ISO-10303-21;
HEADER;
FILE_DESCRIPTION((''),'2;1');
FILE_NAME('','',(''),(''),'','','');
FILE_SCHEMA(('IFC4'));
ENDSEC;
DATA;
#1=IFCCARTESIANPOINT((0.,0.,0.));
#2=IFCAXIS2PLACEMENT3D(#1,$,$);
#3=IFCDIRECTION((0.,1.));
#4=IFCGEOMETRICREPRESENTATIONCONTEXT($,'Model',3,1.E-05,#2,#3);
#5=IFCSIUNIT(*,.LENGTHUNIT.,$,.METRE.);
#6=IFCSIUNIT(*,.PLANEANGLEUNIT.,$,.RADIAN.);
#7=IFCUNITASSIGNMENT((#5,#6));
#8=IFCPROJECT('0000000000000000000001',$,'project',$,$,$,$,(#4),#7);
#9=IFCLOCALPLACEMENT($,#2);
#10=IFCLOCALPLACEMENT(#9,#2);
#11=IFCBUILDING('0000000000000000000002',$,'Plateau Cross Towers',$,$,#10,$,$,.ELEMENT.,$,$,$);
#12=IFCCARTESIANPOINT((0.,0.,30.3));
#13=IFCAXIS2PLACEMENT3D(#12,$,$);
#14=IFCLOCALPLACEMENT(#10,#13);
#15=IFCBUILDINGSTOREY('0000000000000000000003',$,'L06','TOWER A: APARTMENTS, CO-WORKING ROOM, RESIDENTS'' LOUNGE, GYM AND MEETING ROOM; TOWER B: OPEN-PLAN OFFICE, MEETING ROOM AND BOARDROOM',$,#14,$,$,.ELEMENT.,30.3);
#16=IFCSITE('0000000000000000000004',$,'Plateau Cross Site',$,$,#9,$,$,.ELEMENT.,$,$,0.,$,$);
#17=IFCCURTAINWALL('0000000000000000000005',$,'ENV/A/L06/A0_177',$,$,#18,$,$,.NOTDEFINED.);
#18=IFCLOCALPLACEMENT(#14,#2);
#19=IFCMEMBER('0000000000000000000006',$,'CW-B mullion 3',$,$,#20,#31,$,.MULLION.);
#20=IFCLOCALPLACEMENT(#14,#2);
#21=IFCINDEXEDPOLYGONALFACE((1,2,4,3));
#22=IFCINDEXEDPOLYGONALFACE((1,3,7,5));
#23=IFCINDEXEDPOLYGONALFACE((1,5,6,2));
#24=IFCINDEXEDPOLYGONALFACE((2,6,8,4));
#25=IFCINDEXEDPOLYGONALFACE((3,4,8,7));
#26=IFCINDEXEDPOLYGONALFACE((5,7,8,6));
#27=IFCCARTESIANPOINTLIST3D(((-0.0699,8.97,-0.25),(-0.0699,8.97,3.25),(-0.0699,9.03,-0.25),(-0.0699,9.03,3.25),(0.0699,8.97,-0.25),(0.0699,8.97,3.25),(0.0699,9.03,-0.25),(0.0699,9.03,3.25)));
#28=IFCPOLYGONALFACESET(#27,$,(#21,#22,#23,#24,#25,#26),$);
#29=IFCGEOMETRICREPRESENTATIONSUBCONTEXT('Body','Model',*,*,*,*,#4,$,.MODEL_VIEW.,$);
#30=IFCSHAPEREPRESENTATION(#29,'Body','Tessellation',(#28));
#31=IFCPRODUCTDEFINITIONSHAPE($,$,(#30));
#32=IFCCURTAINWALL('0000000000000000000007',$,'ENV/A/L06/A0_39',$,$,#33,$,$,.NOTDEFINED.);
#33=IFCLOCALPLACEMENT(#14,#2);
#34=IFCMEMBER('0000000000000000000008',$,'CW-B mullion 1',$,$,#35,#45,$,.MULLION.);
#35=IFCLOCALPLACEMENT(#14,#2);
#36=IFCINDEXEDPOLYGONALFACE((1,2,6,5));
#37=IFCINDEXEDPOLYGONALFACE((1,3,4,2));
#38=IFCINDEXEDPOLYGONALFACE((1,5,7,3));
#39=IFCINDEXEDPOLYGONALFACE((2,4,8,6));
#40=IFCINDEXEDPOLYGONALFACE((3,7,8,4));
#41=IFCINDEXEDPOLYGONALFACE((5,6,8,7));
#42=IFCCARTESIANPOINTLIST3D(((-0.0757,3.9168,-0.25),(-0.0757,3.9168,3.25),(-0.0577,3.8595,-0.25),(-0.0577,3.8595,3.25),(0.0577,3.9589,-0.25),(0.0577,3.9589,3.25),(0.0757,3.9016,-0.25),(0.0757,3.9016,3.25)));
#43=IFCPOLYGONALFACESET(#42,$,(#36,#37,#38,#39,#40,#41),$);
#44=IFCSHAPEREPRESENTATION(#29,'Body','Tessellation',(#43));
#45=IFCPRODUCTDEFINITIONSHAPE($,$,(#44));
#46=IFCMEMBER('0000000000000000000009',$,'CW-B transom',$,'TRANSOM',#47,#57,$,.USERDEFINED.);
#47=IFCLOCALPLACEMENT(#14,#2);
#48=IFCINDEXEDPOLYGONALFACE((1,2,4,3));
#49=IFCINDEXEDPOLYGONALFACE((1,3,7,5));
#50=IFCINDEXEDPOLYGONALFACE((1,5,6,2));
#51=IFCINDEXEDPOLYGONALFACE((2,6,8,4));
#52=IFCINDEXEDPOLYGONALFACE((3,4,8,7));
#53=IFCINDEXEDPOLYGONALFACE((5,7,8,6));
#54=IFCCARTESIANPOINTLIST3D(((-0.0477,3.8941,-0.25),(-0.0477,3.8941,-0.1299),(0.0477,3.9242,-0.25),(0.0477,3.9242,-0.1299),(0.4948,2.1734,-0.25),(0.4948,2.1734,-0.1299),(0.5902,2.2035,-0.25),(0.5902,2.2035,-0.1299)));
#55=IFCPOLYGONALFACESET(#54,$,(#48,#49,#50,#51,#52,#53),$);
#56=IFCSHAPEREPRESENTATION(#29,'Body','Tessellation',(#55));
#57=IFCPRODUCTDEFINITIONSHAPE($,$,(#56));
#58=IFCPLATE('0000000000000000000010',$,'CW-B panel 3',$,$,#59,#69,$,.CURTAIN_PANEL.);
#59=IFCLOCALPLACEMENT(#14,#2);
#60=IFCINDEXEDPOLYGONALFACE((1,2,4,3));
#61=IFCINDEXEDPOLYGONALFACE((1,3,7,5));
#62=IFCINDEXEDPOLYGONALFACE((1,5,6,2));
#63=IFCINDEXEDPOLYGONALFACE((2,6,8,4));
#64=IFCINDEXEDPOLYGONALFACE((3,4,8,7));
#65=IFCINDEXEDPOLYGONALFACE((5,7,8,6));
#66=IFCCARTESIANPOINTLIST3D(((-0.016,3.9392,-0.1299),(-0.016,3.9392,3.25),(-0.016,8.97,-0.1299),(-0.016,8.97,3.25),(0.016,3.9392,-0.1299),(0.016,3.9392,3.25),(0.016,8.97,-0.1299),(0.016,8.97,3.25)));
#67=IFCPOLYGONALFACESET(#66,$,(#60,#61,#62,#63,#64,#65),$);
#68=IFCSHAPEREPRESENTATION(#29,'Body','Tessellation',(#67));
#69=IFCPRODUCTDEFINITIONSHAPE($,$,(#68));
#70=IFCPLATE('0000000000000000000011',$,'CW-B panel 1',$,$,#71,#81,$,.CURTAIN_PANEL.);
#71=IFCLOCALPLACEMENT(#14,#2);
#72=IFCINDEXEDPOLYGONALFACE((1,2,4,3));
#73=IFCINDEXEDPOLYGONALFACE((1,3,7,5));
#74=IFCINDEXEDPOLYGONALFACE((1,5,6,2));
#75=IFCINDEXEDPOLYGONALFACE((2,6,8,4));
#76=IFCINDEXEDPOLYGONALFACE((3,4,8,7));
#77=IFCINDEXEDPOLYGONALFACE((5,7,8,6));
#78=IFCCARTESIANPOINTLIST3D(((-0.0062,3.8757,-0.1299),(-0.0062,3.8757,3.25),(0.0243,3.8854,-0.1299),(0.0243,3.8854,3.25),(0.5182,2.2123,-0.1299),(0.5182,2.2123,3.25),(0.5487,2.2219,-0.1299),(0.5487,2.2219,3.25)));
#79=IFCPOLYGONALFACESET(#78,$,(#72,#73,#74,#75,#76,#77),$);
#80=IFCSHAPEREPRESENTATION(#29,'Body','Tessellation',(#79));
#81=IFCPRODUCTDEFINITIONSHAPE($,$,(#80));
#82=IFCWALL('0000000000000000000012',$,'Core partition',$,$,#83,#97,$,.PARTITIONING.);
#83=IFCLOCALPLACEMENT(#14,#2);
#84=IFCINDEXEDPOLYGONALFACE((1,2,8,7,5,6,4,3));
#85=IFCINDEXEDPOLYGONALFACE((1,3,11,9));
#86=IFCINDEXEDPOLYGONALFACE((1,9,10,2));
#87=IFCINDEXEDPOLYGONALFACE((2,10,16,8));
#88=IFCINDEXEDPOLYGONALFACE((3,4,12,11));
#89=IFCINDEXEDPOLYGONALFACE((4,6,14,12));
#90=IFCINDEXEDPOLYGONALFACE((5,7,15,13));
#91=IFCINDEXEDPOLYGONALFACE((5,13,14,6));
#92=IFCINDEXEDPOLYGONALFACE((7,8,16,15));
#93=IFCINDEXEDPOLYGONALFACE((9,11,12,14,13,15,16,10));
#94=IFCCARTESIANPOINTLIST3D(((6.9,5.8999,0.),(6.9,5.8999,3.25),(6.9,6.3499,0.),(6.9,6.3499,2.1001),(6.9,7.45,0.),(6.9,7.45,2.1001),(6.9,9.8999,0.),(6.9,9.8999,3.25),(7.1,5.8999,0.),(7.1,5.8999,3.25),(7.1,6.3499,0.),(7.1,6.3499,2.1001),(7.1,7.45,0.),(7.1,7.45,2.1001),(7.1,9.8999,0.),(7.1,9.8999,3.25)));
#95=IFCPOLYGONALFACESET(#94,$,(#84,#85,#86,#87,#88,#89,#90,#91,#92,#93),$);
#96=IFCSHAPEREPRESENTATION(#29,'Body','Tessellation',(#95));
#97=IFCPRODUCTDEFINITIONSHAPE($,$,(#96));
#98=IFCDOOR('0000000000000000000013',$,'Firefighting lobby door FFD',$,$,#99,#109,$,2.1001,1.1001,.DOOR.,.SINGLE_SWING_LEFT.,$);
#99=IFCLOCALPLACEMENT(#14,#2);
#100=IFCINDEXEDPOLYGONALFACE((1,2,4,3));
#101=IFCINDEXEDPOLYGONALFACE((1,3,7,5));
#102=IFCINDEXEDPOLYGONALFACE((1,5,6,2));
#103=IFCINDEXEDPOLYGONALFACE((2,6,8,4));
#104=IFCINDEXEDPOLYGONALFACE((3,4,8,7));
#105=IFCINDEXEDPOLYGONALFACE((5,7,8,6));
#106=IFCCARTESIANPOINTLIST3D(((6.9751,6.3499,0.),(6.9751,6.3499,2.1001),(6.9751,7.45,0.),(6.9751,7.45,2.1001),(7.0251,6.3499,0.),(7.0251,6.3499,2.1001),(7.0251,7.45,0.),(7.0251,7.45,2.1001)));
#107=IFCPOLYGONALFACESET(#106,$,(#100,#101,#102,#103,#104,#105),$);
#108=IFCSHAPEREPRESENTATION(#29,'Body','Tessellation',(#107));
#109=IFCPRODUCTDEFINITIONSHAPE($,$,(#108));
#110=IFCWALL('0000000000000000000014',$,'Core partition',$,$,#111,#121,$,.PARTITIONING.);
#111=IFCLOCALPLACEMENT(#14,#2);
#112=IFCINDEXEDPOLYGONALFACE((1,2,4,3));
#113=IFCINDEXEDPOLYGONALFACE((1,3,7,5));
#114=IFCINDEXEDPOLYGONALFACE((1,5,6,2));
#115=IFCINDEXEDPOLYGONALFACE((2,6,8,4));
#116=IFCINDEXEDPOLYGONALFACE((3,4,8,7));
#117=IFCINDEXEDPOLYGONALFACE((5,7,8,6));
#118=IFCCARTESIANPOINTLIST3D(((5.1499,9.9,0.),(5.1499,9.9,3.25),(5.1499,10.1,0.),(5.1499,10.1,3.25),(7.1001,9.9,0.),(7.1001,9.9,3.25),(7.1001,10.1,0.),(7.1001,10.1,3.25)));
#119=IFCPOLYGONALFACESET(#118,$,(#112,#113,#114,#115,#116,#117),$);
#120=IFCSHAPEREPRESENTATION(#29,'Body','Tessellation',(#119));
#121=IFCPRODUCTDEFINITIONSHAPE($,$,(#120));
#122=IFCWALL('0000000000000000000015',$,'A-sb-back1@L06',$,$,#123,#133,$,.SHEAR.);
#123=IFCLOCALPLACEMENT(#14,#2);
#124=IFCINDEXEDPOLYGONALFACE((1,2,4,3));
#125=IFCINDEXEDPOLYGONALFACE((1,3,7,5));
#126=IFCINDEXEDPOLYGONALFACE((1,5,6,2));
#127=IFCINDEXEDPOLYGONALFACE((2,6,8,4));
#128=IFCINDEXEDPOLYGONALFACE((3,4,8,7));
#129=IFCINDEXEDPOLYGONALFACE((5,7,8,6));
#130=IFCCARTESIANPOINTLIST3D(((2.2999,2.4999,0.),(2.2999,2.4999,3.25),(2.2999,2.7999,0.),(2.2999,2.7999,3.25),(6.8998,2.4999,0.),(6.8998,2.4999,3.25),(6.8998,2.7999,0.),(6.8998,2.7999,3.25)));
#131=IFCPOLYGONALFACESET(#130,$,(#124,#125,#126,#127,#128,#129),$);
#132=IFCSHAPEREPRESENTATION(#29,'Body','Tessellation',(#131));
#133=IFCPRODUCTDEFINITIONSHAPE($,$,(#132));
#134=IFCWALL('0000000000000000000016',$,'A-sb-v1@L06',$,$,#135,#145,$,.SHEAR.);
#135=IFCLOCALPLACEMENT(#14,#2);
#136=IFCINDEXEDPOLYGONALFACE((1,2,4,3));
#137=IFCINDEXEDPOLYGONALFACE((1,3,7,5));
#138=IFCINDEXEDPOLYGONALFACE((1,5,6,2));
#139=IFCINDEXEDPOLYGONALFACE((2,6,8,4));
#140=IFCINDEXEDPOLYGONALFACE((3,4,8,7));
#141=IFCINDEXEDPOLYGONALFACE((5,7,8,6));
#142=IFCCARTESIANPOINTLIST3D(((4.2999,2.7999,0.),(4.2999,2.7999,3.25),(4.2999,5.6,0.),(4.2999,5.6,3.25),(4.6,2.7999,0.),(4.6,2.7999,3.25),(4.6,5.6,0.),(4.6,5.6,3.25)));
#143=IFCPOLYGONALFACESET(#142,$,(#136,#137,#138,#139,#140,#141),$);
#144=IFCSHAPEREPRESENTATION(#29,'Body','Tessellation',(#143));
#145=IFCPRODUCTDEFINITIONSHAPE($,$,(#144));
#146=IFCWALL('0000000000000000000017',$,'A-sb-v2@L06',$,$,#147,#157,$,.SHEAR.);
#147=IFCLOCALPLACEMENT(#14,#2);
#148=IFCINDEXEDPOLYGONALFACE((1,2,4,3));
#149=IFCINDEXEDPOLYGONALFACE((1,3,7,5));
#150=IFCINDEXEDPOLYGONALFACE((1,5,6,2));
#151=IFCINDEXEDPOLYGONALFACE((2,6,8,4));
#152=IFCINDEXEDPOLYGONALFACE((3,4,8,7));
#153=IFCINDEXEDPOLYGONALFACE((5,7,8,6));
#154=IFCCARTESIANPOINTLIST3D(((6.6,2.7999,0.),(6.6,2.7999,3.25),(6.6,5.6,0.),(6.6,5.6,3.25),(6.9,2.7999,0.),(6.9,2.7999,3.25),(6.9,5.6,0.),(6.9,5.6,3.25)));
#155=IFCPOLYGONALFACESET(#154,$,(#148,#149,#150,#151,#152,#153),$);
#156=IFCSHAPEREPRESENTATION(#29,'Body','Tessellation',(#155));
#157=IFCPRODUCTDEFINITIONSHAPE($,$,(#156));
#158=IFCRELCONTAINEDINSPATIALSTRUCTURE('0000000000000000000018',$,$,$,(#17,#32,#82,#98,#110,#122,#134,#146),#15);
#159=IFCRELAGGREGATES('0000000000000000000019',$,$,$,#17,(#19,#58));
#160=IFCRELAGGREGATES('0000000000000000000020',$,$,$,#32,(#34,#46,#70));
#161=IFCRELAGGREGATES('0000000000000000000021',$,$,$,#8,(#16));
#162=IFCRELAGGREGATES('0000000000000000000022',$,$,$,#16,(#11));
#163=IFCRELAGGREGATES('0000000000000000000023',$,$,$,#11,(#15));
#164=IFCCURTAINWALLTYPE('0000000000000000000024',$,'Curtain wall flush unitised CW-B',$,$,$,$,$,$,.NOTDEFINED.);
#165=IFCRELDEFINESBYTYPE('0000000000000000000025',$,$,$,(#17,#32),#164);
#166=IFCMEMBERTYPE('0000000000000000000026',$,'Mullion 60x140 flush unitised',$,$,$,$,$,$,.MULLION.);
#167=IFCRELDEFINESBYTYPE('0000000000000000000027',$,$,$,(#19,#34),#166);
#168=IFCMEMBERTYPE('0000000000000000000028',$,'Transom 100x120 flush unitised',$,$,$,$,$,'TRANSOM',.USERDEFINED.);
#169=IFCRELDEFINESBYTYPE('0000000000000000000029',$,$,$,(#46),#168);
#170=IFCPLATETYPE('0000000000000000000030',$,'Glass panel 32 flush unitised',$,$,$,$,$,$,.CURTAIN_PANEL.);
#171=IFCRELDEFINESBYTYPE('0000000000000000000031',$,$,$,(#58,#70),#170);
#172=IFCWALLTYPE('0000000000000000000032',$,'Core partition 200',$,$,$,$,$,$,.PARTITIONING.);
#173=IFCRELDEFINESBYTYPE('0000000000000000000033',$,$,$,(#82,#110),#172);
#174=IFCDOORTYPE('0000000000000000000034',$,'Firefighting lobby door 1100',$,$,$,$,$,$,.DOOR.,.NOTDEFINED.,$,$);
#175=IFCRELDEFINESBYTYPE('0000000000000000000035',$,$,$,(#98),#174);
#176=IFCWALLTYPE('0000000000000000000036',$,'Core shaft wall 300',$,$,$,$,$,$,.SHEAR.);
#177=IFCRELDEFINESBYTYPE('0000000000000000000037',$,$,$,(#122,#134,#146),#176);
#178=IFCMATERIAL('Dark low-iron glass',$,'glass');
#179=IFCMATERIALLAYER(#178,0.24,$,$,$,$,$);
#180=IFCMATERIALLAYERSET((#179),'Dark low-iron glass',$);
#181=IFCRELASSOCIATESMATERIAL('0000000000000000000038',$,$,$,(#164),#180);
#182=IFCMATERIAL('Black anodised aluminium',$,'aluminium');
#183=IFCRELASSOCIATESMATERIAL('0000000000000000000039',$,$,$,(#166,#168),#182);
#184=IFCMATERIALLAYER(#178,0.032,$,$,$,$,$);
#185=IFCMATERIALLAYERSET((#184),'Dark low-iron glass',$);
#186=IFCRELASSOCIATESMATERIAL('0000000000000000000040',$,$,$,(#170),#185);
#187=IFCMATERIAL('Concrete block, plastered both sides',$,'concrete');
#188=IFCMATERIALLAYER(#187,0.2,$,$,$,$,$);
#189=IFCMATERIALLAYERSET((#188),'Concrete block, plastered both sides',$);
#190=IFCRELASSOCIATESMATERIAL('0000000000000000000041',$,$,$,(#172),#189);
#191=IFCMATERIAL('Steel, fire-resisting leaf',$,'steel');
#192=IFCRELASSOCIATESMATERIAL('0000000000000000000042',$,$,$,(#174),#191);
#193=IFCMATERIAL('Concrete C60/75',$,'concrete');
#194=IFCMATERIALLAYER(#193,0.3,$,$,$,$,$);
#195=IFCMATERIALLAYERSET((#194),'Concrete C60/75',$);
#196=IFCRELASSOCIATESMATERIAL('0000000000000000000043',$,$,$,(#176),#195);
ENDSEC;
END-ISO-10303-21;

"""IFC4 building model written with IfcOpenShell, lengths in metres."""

from ifc_helpers import new_model, si_unit, direction, frame, frame_2d, origin, origin_2d, place, context, subcontext, project, spatial, rectangle, extrude, material, layer, layer_set, material_profile, profile_set, type_object, element, fill, aggregate, save


model = new_model("IFC4")

# Units and contexts
model_context = context("Model", 3, precision=1e-05, world=origin(), true_north=direction((0.0, 1.0)))
body_context = subcontext(model_context, "Body", "Model", "MODEL_VIEW")
ifc_project = project(units=[si_unit("LENGTHUNIT", "METRE"), si_unit("PLANEANGLEUNIT", "RADIAN")], contexts=[model_context])

# Site, building, storey
site_placement = place(None, origin())
site = spatial("IfcSite", under=ifc_project, at=site_placement, Name="Plateau Cross Site", CompositionType="ELEMENT", RefElevation=0.0)
building_placement = place(site_placement, origin())
building = spatial("IfcBuilding", under=site, at=building_placement, Name="Plateau Cross Towers", CompositionType="ELEMENT")
storey_placement = place(building_placement, frame((0.0, 0.0, 30.3)))
storey = spatial("IfcBuildingStorey", under=building, at=storey_placement, Name="L06", Description="TOWER A: APARTMENTS, CO-WORKING ROOM, RESIDENTS' LOUNGE, GYM AND MEETING ROOM; TOWER B: OPEN-PLAN OFFICE, MEETING ROOM AND BOARDROOM", CompositionType="ELEMENT", Elevation=30.3)

# Curtain wall, member
ifc_material_1 = material(Name="Dark low-iron glass", Category="glass")
ifc_layer_1 = layer(ifc_material_1, 0.24)
ifc_layer_set_1 = layer_set([ifc_layer_1], Name="Dark low-iron glass")
curtain_wall_type = type_object("IfcCurtainWallType", Name="Curtain wall flush unitised CW-B", PredefinedType="NOTDEFINED", material=ifc_layer_set_1)
curtain_wall_1_placement = place(storey_placement, origin())
curtain_wall_1 = element("IfcCurtainWall", 1, at=curtain_wall_1_placement, inside=storey, type_object=curtain_wall_type, Name="ENV/A/L06/A0_177", PredefinedType="NOTDEFINED")
ifc_material_2 = material(Name="Black anodised aluminium", Category="aluminium")
ifc_material_profile_1 = material_profile(ifc_material_2, rectangle(XDim=0.0601, YDim=0.1399, at=origin_2d()), Name="MULLION 60x140")
ifc_profile_set_1 = profile_set([ifc_material_profile_1], Name="Black anodised aluminium")
member_type_1 = type_object("IfcMemberType", Name="Mullion 60x140 flush unitised", PredefinedType="MULLION", material=ifc_profile_set_1)
member_1_placement = place(storey_placement, frame((0.0, 9.0, -0.25), z_axis=(0.0, 0.0, 1.0), x_axis=(0.0, -1.0, 0.0)))
member_1 = element("IfcMember", 2, at=member_1_placement, type_object=member_type_1, Name="CW-B mullion 3", PredefinedType="MULLION", context=body_context, shape_type="SweptSolid", body=[
    extrude(rectangle(XDim=0.0601, YDim=0.1399, at=origin_2d()), origin(), (0.0, 0.0, 1.0), 3.5),
])

# Curtain wall, members
curtain_wall_2_placement = place(storey_placement, origin())
curtain_wall_2 = element("IfcCurtainWall", 3, at=curtain_wall_2_placement, inside=storey, type_object=curtain_wall_type, Name="ENV/A/L06/A0_39", PredefinedType="NOTDEFINED")
member_2_placement = place(storey_placement, frame((0.0, 3.9092, -0.25), z_axis=(0.0, 0.0, 1.0), x_axis=(0.300686, -0.953723, 0.0)))
member_2 = element("IfcMember", 4, at=member_2_placement, type_object=member_type_1, Name="CW-B mullion 1", PredefinedType="MULLION", context=body_context, shape_type="SweptSolid", body=[
    extrude(rectangle(XDim=0.0601, YDim=0.1399, at=origin_2d()), origin(), (0.0, 0.0, 1.0), 3.5),
])
ifc_material_profile_2 = material_profile(ifc_material_2, rectangle(XDim=0.1001, YDim=0.1201, at=origin_2d()), Name="TRANSOM 100x120")
ifc_profile_set_2 = profile_set([ifc_material_profile_2], Name="Black anodised aluminium")
member_type_2 = type_object("IfcMemberType", Name="Transom 100x120 flush unitised", ElementType="TRANSOM", PredefinedType="USERDEFINED", material=ifc_profile_set_2)
member_3_placement = place(storey_placement, frame((0.0, 3.9092, -0.1899), z_axis=(0.300678, -0.953726, 0.0), x_axis=(0.953726, 0.300678, 0.0)))
member_3 = element("IfcMember", 5, at=member_3_placement, type_object=member_type_2, Name="CW-B transom", ObjectType="TRANSOM", PredefinedType="USERDEFINED", context=body_context, shape_type="SweptSolid", body=[
    extrude(rectangle(XDim=0.1001, YDim=0.1201, at=origin_2d()), origin(), (0.0, 0.0, 1.0), 1.8042),
])

# Plates
ifc_layer_2 = layer(ifc_material_1, 0.032)
ifc_layer_set_2 = layer_set([ifc_layer_2], Name="Dark low-iron glass")
plate_type = type_object("IfcPlateType", Name="Glass panel 32 flush unitised", PredefinedType="CURTAIN_PANEL", material=ifc_layer_set_2)
plate_1_placement = place(storey_placement, frame((0.0, 6.4546, -0.1299), z_axis=(0.0, 0.0, 1.0), x_axis=(0.0, -1.0, 0.0)))
plate_1 = element("IfcPlate", 6, at=plate_1_placement, type_object=plate_type, Name="CW-B panel 3", PredefinedType="CURTAIN_PANEL", context=body_context, shape_type="SweptSolid", body=[
    extrude(rectangle(XDim=5.0308, YDim=0.032, at=origin_2d()), origin(), (0.0, 0.0, 1.0), 3.3799),
])
aggregate(curtain_wall_1, [member_1, plate_1])
plate_2_placement = place(storey_placement, frame((0.2712, 3.0488, -0.1299), z_axis=(0.0, 0.0, 1.0), x_axis=(0.300686, -0.953723, 0.0)))
plate_2 = element("IfcPlate", 7, at=plate_2_placement, type_object=plate_type, Name="CW-B panel 1", PredefinedType="CURTAIN_PANEL", context=body_context, shape_type="SweptSolid", body=[
    extrude(rectangle(XDim=1.7441, YDim=0.032, at=origin_2d()), origin(), (0.0, 0.0, 1.0), 3.3799),
])
aggregate(curtain_wall_2, [member_2, member_3, plate_2])

# Wall, opening, door
ifc_material_3 = material(Name="Concrete block, plastered both sides", Category="concrete")
ifc_layer_3 = layer(ifc_material_3, 0.2)
ifc_layer_set_3 = layer_set([ifc_layer_3], Name="Concrete block, plastered both sides")
wall_type_1 = type_object("IfcWallType", Name="Core partition 200", PredefinedType="PARTITIONING", material=ifc_layer_set_3)
wall_1_placement = place(storey_placement, frame((7.0, 5.8999, 0.0), z_axis=(0.0, 0.0, 1.0), x_axis=(0.0, 1.0, 0.0)))
wall_1 = element("IfcWall", 8, at=wall_1_placement, inside=storey, type_object=wall_type_1, Name="Core partition", PredefinedType="PARTITIONING", context=body_context, shape_type="SweptSolid", body=[
    extrude(rectangle(XDim=4.0, YDim=0.2, at=frame_2d((2.0, 0.0))), origin(), (0.0, 0.0, 1.0), 3.25),
])
opening_1_placement = place(wall_1_placement, frame((0.45, 0.0, 0.0)))
opening_1 = element("IfcOpeningElement", 9, at=opening_1_placement, cuts=wall_1, PredefinedType="OPENING", context=body_context, shape_type="SweptSolid", body=[
    extrude(rectangle(XDim=1.1001, YDim=2.1001, at=frame_2d((0.55, 1.05))), frame((0.0, 0.1099, 0.0), z_axis=(0.0, -1.0, 0.0), x_axis=(1.0, 0.0, 0.0)), (0.0, 0.0, 1.0), 0.22),
])
ifc_material_4 = material(Name="Steel, fire-resisting leaf", Category="steel")
door_type_1 = type_object("IfcDoorType", Name="Firefighting lobby door 1100", OperationType="NOTDEFINED", PredefinedType="DOOR", material=ifc_material_4)
door_1_placement = place(opening_1_placement, origin())
door_1 = element("IfcDoor", 10, at=door_1_placement, inside=storey, type_object=door_type_1, Name="Firefighting lobby door FFD", OperationType="SINGLE_SWING_LEFT", OverallHeight=2.1001, OverallWidth=1.1001, PredefinedType="DOOR", context=body_context, shape_type="SweptSolid", body=[
    extrude(rectangle(XDim=1.1001, YDim=2.1001, at=frame_2d((0.55, 1.05))), frame((0.0, 0.0249, 0.0), z_axis=(0.0, -1.0, 0.0), x_axis=(1.0, 0.0, 0.0)), (0.0, 0.0, 1.0), 0.05),
])
fill(opening_1, door_1)

# Walls
wall_2_placement = place(storey_placement, frame((5.1499, 10.0, 0.0), z_axis=(0.0, 0.0, 1.0), x_axis=(1.0, 0.0, 0.0)))
element("IfcWall", 11, at=wall_2_placement, inside=storey, type_object=wall_type_1, Name="Core partition", PredefinedType="PARTITIONING", context=body_context, shape_type="SweptSolid", body=[
    extrude(rectangle(XDim=1.9502, YDim=0.2, at=frame_2d((0.9751, 0.0))), origin(), (0.0, 0.0, 1.0), 3.25),
])
ifc_material_5 = material(Name="Concrete C60/75", Category="concrete")
ifc_layer_4 = layer(ifc_material_5, 0.3)
ifc_layer_set_4 = layer_set([ifc_layer_4], Name="Concrete C60/75")
wall_type_2 = type_object("IfcWallType", Name="Core shaft wall 300", PredefinedType="SHEAR", material=ifc_layer_set_4)
wall_3_placement = place(storey_placement, frame((2.3, 2.6499, 0.0), z_axis=(0.0, 0.0, 1.0), x_axis=(1.0, 0.0, 0.0)))
element("IfcWall", 12, at=wall_3_placement, inside=storey, type_object=wall_type_2, Name="A-sb-back1@L06", PredefinedType="SHEAR", context=body_context, shape_type="SweptSolid", body=[
    extrude(rectangle(XDim=4.5999, YDim=0.3, at=frame_2d((2.2998, 0.0))), origin(), (0.0, 0.0, 1.0), 3.25),
])
for number, where, z_axis, x_axis, name in (
    (13, (4.45, 2.8, 0.0), (0.0, 0.0, 1.0), (0.0, 1.0, 0.0), "A-sb-v1@L06"),
    (14, (6.75, 2.8, 0.0), (0.0, 0.0, 1.0), (0.0, 1.0, 0.0), "A-sb-v2@L06"),
):
    element("IfcWall", number, at=place(storey_placement, frame(where, z_axis=z_axis, x_axis=x_axis)), inside=storey, type_object=wall_type_2, Name=name, PredefinedType="SHEAR", context=body_context, shape_type="SweptSolid", body=[
        extrude(rectangle(XDim=2.8, YDim=0.3, at=frame_2d((1.3999, 0.0))), origin(), (0.0, 0.0, 1.0), 3.25),
    ])

save(model, "model.ifc")
